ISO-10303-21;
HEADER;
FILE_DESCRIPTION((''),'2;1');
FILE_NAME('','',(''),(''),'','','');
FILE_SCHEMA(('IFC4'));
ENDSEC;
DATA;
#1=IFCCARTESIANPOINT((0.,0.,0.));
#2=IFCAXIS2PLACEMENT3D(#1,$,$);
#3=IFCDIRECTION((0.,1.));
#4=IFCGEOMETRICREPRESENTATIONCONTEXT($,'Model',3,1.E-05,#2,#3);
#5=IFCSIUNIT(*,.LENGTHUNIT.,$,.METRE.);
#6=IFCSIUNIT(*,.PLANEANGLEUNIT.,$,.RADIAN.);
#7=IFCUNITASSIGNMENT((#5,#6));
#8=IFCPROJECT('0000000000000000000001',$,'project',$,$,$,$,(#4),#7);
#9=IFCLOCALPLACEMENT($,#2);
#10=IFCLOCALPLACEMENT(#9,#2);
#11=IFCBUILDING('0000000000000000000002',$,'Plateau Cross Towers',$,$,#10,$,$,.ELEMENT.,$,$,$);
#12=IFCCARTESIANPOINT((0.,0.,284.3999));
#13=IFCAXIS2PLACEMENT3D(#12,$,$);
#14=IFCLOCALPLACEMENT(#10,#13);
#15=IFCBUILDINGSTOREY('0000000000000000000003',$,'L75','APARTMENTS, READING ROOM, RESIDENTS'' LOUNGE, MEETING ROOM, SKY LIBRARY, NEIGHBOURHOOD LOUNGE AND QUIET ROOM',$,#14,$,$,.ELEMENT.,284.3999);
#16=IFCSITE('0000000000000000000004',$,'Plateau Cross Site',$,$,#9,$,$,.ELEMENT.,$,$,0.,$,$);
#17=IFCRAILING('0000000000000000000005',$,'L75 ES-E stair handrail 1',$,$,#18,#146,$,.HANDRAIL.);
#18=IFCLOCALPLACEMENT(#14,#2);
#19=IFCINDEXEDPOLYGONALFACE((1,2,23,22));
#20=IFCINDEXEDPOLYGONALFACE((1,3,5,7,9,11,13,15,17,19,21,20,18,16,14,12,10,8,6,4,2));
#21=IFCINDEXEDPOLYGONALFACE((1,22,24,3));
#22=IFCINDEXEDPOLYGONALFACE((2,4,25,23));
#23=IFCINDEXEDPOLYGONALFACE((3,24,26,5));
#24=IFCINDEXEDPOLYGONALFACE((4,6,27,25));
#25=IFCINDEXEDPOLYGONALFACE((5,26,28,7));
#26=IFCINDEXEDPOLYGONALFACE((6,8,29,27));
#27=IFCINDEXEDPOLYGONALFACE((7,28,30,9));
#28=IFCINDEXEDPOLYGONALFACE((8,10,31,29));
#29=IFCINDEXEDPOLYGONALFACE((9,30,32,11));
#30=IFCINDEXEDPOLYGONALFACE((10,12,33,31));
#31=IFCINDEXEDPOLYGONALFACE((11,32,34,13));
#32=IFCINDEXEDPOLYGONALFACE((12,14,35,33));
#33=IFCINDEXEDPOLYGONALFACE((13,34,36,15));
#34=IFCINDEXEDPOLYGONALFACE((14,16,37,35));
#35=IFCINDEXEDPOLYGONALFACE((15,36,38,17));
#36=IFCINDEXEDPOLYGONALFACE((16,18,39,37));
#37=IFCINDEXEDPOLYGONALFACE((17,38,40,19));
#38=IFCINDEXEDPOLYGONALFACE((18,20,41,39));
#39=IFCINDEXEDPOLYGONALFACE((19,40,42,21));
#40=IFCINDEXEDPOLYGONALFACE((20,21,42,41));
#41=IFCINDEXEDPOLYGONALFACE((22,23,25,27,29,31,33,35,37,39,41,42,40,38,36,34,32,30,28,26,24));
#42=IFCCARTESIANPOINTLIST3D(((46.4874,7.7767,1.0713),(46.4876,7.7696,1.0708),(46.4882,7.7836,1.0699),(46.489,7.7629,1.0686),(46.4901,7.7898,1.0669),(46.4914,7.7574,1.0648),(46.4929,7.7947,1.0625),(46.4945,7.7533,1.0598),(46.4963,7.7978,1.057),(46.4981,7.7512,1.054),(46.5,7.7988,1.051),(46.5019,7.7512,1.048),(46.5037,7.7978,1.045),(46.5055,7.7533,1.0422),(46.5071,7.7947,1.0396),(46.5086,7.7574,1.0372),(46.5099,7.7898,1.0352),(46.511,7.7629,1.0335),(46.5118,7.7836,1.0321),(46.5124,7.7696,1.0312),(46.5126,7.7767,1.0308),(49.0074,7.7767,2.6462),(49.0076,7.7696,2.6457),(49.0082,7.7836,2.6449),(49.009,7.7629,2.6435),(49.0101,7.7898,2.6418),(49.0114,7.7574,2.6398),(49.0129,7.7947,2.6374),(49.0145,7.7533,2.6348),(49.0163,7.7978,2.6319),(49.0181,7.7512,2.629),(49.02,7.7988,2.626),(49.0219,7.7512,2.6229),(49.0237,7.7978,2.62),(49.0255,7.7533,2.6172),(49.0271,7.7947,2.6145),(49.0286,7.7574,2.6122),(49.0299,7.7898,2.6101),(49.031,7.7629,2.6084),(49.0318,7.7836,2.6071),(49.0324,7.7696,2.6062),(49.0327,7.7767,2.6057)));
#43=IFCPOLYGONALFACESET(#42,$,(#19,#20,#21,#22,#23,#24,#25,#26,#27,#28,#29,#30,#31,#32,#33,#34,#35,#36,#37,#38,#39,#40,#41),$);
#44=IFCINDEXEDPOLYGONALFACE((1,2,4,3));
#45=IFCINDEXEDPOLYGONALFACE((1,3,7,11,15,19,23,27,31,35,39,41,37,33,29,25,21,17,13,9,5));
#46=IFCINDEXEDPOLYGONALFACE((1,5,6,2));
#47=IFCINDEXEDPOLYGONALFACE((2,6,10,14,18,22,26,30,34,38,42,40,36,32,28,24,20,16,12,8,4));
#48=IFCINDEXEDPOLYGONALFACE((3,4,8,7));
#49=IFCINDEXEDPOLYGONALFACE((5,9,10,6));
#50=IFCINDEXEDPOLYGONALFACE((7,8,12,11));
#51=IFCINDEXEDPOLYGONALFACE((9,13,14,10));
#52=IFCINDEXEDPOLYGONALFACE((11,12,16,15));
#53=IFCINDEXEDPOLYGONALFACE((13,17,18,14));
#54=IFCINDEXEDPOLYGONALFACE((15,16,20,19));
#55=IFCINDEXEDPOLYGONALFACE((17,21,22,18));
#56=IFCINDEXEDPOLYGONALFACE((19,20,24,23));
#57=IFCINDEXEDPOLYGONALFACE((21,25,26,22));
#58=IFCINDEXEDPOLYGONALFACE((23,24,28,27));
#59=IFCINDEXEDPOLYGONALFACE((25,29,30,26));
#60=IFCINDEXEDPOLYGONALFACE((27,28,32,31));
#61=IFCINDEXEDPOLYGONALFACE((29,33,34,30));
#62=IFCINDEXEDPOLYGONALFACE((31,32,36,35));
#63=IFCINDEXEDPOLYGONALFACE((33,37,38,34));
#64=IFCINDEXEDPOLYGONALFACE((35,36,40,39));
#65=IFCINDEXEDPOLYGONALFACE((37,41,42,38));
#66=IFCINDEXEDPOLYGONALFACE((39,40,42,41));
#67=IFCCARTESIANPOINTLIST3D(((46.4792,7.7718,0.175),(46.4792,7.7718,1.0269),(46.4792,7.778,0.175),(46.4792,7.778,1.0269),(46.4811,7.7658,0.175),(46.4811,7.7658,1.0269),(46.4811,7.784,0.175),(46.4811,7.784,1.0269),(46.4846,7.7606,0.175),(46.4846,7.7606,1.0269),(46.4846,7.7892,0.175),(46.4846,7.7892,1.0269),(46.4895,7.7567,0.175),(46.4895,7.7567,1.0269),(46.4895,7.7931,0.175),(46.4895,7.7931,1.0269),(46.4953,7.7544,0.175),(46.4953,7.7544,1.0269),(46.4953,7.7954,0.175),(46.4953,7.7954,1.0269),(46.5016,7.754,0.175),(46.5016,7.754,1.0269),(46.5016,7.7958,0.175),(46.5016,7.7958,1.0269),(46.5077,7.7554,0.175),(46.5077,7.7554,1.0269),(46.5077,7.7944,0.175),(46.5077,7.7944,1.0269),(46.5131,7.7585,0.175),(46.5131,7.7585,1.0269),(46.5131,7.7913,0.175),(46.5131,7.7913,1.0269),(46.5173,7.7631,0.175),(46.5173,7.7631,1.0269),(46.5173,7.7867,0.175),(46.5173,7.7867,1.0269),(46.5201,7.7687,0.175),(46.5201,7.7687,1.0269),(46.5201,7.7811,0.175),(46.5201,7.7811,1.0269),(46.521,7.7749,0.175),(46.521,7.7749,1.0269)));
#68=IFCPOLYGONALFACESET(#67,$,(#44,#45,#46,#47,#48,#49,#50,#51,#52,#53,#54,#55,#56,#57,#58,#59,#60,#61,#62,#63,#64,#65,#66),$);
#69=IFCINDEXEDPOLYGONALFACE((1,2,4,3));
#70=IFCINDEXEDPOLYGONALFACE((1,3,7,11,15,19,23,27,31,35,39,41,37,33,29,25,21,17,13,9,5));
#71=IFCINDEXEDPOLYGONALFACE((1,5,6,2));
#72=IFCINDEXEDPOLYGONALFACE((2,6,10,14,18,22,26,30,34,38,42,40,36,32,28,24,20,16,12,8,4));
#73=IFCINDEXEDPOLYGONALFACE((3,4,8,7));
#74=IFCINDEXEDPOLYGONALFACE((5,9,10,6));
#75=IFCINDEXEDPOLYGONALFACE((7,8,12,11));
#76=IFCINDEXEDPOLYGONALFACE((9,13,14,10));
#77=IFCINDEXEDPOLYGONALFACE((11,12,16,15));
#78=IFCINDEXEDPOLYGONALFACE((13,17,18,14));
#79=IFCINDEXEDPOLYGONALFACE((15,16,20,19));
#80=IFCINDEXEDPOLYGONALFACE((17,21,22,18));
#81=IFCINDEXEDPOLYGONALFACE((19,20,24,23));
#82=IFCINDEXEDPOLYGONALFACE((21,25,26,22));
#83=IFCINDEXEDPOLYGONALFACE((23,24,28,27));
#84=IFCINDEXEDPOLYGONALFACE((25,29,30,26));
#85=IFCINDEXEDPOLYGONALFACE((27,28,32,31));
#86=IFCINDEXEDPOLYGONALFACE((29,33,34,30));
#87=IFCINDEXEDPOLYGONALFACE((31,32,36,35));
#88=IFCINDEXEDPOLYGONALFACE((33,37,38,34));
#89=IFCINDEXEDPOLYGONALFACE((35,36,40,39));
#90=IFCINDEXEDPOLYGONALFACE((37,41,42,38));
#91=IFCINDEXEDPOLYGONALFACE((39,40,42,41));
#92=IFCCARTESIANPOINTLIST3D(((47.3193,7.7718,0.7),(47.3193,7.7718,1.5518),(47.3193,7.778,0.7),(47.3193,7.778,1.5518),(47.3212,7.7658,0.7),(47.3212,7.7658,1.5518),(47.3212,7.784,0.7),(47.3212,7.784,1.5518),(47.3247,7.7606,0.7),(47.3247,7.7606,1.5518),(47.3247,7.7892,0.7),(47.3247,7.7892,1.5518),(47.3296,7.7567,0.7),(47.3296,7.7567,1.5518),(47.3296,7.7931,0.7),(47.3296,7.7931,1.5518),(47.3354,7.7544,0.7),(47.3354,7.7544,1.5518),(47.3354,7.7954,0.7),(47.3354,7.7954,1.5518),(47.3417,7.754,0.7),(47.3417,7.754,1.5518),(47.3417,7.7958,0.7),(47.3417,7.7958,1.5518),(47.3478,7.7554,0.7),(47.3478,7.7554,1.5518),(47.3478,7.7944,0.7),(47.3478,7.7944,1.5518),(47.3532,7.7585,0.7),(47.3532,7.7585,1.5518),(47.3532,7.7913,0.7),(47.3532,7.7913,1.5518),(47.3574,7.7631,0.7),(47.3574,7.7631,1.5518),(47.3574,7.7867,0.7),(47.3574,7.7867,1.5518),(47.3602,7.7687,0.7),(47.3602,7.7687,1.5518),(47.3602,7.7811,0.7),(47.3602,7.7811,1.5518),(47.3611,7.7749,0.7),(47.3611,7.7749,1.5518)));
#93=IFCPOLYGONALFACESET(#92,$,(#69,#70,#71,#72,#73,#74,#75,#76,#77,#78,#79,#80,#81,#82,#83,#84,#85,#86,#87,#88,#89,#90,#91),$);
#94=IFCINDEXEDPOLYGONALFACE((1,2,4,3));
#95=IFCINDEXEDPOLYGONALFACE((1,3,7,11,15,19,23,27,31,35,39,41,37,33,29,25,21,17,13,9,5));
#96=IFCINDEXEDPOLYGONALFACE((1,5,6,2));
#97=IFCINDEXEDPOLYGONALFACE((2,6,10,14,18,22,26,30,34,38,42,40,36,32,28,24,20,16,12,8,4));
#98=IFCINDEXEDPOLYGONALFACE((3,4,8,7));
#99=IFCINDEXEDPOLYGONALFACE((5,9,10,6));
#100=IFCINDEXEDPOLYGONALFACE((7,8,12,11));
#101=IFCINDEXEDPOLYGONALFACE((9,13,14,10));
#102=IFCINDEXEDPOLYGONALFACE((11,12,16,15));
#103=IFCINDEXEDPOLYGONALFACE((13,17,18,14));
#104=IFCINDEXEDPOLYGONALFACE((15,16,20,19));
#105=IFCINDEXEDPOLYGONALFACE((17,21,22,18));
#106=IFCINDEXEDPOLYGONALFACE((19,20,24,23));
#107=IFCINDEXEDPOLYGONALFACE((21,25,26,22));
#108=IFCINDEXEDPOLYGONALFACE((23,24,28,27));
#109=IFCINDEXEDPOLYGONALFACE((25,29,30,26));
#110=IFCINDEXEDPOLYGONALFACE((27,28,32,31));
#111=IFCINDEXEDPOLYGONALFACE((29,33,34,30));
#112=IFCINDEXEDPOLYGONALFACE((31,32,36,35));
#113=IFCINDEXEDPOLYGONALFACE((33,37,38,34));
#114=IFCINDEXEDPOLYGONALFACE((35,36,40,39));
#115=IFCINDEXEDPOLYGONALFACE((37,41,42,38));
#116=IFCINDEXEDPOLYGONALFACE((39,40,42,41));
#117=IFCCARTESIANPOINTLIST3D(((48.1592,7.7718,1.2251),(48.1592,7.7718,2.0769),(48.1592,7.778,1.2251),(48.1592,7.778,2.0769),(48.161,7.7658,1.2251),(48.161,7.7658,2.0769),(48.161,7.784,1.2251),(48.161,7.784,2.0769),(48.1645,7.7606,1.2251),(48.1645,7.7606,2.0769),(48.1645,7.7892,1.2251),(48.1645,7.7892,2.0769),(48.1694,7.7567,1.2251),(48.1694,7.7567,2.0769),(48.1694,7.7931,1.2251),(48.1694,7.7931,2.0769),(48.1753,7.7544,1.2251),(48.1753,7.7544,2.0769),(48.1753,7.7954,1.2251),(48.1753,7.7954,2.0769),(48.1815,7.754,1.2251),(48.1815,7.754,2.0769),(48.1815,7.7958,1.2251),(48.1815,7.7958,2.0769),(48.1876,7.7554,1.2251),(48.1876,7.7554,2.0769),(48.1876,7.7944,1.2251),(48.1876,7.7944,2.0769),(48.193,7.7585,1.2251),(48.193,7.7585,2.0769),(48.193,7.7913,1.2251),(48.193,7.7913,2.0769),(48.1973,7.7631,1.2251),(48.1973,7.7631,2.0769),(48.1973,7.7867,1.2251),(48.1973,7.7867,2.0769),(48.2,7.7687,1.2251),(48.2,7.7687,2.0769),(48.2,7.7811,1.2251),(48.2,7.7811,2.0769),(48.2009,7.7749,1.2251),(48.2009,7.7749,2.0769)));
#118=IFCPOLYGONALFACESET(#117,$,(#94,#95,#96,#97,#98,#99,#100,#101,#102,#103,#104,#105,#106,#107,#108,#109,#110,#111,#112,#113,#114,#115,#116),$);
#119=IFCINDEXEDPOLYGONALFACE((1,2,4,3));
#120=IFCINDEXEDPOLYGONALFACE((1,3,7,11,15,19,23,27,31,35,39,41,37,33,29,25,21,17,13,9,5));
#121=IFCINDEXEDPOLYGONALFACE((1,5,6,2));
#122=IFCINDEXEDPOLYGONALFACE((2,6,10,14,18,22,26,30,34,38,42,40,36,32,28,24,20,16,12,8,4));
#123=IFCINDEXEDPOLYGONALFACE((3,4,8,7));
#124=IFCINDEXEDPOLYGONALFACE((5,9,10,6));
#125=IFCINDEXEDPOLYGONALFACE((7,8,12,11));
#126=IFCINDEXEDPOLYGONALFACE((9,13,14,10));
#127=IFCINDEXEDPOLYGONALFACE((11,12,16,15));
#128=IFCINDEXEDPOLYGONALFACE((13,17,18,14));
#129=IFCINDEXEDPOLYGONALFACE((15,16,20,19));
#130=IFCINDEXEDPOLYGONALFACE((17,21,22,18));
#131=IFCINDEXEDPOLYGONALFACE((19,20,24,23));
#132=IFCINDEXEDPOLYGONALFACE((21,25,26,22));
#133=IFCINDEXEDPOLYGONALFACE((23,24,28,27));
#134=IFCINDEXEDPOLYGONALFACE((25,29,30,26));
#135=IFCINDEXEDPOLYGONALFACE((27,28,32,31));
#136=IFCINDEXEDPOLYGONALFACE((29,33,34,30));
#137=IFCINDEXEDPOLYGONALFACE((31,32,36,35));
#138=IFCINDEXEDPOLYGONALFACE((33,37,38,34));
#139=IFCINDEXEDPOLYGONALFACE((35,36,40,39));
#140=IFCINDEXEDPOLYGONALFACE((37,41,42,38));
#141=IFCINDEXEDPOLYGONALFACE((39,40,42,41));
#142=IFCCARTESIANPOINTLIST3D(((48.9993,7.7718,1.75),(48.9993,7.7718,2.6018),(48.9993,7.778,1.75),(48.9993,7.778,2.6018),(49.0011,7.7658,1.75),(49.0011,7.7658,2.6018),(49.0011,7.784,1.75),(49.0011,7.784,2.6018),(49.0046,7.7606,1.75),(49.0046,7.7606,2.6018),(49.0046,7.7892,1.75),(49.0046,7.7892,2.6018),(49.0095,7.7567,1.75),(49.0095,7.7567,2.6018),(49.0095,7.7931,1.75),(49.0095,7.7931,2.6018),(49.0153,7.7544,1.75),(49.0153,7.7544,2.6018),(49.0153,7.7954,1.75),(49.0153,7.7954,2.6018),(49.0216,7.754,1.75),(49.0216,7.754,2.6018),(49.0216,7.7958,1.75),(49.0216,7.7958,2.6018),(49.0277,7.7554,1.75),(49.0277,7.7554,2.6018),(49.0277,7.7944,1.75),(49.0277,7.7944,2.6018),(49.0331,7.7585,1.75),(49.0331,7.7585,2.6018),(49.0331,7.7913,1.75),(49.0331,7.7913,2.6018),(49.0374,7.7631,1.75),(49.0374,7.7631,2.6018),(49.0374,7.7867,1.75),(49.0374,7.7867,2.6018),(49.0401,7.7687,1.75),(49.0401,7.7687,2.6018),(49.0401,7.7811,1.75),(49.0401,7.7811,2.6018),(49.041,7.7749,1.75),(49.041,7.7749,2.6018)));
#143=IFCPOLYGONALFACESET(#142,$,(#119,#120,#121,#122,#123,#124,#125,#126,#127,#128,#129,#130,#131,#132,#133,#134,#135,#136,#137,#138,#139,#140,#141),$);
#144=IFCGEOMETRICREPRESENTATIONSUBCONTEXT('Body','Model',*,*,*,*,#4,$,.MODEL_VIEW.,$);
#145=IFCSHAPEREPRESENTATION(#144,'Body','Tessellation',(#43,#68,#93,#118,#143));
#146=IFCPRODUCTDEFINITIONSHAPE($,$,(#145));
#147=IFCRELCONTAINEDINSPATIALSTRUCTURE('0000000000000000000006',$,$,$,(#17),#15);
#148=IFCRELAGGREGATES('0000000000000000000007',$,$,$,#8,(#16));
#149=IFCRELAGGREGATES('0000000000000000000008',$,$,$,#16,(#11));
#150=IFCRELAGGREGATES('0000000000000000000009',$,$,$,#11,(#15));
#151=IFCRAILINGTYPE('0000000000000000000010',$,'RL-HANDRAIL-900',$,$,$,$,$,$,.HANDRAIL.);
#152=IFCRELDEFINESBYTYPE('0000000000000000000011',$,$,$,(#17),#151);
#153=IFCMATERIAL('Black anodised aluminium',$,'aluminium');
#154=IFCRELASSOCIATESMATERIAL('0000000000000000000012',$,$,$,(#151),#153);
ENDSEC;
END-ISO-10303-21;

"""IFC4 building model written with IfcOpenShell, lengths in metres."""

from ifc_helpers import new_model, si_unit, direction, frame, origin, origin_2d, place, context, subcontext, project, spatial, circle, extrude, material, type_object, element, save


model = new_model("IFC4")

# Units and contexts
model_context = context("Model", 3, precision=1e-05, world=origin(), true_north=direction((0.0, 1.0)))
body_context = subcontext(model_context, "Body", "Model", "MODEL_VIEW")
ifc_project = project(units=[si_unit("LENGTHUNIT", "METRE"), si_unit("PLANEANGLEUNIT", "RADIAN")], contexts=[model_context])

# Site, building, storey
site_placement = place(None, origin())
site = spatial("IfcSite", under=ifc_project, at=site_placement, Name="Plateau Cross Site", CompositionType="ELEMENT", RefElevation=0.0)
building_placement = place(site_placement, origin())
building = spatial("IfcBuilding", under=site, at=building_placement, Name="Plateau Cross Towers", CompositionType="ELEMENT")
storey_placement = place(building_placement, frame((0.0, 0.0, 284.3999)))
storey = spatial("IfcBuildingStorey", under=building, at=storey_placement, Name="L75", Description="APARTMENTS, READING ROOM, RESIDENTS' LOUNGE, MEETING ROOM, SKY LIBRARY, NEIGHBOURHOOD LOUNGE AND QUIET ROOM", CompositionType="ELEMENT", Elevation=284.3999)

# Shared definitions
ifc_material_1 = material(Name="Black anodised aluminium", Category="aluminium")

# Railing
railing_type_1 = type_object("IfcRailingType", Name="RL-HANDRAIL-900", PredefinedType="HANDRAIL", material=ifc_material_1)
railing_1_placement = place(storey_placement, frame((46.5, 7.7749, 0.175)))
element("IfcRailing", 1, at=railing_1_placement, inside=storey, type_object=railing_type_1, Name="L75 ES-E stair handrail 1", PredefinedType="HANDRAIL", context=body_context, shape_type="SweptSolid", body=[
    extrude(circle(Radius=0.0239, at=origin_2d()), frame((0.0, 0.0, 0.876), z_axis=(0.848008, 0.0, 0.529984), x_axis=(0.0, 1.0, 0.0)), (0.0, 0.0, 1.0), 2.9717),
    extrude(circle(Radius=0.021, at=origin_2d()), origin(), (0.0, 0.0, 1.0), 0.8518),
    extrude(circle(Radius=0.021, at=origin_2d()), frame((0.8401, 0.0, 0.5249)), (0.0, 0.0, 1.0), 0.8518),
    extrude(circle(Radius=0.021, at=origin_2d()), frame((1.6799, 0.0, 1.05)), (0.0, 0.0, 1.0), 0.8518),
    extrude(circle(Radius=0.021, at=origin_2d()), frame((2.52, 0.0, 1.575)), (0.0, 0.0, 1.0), 0.8518),
])

save(model, "model.ifc")
